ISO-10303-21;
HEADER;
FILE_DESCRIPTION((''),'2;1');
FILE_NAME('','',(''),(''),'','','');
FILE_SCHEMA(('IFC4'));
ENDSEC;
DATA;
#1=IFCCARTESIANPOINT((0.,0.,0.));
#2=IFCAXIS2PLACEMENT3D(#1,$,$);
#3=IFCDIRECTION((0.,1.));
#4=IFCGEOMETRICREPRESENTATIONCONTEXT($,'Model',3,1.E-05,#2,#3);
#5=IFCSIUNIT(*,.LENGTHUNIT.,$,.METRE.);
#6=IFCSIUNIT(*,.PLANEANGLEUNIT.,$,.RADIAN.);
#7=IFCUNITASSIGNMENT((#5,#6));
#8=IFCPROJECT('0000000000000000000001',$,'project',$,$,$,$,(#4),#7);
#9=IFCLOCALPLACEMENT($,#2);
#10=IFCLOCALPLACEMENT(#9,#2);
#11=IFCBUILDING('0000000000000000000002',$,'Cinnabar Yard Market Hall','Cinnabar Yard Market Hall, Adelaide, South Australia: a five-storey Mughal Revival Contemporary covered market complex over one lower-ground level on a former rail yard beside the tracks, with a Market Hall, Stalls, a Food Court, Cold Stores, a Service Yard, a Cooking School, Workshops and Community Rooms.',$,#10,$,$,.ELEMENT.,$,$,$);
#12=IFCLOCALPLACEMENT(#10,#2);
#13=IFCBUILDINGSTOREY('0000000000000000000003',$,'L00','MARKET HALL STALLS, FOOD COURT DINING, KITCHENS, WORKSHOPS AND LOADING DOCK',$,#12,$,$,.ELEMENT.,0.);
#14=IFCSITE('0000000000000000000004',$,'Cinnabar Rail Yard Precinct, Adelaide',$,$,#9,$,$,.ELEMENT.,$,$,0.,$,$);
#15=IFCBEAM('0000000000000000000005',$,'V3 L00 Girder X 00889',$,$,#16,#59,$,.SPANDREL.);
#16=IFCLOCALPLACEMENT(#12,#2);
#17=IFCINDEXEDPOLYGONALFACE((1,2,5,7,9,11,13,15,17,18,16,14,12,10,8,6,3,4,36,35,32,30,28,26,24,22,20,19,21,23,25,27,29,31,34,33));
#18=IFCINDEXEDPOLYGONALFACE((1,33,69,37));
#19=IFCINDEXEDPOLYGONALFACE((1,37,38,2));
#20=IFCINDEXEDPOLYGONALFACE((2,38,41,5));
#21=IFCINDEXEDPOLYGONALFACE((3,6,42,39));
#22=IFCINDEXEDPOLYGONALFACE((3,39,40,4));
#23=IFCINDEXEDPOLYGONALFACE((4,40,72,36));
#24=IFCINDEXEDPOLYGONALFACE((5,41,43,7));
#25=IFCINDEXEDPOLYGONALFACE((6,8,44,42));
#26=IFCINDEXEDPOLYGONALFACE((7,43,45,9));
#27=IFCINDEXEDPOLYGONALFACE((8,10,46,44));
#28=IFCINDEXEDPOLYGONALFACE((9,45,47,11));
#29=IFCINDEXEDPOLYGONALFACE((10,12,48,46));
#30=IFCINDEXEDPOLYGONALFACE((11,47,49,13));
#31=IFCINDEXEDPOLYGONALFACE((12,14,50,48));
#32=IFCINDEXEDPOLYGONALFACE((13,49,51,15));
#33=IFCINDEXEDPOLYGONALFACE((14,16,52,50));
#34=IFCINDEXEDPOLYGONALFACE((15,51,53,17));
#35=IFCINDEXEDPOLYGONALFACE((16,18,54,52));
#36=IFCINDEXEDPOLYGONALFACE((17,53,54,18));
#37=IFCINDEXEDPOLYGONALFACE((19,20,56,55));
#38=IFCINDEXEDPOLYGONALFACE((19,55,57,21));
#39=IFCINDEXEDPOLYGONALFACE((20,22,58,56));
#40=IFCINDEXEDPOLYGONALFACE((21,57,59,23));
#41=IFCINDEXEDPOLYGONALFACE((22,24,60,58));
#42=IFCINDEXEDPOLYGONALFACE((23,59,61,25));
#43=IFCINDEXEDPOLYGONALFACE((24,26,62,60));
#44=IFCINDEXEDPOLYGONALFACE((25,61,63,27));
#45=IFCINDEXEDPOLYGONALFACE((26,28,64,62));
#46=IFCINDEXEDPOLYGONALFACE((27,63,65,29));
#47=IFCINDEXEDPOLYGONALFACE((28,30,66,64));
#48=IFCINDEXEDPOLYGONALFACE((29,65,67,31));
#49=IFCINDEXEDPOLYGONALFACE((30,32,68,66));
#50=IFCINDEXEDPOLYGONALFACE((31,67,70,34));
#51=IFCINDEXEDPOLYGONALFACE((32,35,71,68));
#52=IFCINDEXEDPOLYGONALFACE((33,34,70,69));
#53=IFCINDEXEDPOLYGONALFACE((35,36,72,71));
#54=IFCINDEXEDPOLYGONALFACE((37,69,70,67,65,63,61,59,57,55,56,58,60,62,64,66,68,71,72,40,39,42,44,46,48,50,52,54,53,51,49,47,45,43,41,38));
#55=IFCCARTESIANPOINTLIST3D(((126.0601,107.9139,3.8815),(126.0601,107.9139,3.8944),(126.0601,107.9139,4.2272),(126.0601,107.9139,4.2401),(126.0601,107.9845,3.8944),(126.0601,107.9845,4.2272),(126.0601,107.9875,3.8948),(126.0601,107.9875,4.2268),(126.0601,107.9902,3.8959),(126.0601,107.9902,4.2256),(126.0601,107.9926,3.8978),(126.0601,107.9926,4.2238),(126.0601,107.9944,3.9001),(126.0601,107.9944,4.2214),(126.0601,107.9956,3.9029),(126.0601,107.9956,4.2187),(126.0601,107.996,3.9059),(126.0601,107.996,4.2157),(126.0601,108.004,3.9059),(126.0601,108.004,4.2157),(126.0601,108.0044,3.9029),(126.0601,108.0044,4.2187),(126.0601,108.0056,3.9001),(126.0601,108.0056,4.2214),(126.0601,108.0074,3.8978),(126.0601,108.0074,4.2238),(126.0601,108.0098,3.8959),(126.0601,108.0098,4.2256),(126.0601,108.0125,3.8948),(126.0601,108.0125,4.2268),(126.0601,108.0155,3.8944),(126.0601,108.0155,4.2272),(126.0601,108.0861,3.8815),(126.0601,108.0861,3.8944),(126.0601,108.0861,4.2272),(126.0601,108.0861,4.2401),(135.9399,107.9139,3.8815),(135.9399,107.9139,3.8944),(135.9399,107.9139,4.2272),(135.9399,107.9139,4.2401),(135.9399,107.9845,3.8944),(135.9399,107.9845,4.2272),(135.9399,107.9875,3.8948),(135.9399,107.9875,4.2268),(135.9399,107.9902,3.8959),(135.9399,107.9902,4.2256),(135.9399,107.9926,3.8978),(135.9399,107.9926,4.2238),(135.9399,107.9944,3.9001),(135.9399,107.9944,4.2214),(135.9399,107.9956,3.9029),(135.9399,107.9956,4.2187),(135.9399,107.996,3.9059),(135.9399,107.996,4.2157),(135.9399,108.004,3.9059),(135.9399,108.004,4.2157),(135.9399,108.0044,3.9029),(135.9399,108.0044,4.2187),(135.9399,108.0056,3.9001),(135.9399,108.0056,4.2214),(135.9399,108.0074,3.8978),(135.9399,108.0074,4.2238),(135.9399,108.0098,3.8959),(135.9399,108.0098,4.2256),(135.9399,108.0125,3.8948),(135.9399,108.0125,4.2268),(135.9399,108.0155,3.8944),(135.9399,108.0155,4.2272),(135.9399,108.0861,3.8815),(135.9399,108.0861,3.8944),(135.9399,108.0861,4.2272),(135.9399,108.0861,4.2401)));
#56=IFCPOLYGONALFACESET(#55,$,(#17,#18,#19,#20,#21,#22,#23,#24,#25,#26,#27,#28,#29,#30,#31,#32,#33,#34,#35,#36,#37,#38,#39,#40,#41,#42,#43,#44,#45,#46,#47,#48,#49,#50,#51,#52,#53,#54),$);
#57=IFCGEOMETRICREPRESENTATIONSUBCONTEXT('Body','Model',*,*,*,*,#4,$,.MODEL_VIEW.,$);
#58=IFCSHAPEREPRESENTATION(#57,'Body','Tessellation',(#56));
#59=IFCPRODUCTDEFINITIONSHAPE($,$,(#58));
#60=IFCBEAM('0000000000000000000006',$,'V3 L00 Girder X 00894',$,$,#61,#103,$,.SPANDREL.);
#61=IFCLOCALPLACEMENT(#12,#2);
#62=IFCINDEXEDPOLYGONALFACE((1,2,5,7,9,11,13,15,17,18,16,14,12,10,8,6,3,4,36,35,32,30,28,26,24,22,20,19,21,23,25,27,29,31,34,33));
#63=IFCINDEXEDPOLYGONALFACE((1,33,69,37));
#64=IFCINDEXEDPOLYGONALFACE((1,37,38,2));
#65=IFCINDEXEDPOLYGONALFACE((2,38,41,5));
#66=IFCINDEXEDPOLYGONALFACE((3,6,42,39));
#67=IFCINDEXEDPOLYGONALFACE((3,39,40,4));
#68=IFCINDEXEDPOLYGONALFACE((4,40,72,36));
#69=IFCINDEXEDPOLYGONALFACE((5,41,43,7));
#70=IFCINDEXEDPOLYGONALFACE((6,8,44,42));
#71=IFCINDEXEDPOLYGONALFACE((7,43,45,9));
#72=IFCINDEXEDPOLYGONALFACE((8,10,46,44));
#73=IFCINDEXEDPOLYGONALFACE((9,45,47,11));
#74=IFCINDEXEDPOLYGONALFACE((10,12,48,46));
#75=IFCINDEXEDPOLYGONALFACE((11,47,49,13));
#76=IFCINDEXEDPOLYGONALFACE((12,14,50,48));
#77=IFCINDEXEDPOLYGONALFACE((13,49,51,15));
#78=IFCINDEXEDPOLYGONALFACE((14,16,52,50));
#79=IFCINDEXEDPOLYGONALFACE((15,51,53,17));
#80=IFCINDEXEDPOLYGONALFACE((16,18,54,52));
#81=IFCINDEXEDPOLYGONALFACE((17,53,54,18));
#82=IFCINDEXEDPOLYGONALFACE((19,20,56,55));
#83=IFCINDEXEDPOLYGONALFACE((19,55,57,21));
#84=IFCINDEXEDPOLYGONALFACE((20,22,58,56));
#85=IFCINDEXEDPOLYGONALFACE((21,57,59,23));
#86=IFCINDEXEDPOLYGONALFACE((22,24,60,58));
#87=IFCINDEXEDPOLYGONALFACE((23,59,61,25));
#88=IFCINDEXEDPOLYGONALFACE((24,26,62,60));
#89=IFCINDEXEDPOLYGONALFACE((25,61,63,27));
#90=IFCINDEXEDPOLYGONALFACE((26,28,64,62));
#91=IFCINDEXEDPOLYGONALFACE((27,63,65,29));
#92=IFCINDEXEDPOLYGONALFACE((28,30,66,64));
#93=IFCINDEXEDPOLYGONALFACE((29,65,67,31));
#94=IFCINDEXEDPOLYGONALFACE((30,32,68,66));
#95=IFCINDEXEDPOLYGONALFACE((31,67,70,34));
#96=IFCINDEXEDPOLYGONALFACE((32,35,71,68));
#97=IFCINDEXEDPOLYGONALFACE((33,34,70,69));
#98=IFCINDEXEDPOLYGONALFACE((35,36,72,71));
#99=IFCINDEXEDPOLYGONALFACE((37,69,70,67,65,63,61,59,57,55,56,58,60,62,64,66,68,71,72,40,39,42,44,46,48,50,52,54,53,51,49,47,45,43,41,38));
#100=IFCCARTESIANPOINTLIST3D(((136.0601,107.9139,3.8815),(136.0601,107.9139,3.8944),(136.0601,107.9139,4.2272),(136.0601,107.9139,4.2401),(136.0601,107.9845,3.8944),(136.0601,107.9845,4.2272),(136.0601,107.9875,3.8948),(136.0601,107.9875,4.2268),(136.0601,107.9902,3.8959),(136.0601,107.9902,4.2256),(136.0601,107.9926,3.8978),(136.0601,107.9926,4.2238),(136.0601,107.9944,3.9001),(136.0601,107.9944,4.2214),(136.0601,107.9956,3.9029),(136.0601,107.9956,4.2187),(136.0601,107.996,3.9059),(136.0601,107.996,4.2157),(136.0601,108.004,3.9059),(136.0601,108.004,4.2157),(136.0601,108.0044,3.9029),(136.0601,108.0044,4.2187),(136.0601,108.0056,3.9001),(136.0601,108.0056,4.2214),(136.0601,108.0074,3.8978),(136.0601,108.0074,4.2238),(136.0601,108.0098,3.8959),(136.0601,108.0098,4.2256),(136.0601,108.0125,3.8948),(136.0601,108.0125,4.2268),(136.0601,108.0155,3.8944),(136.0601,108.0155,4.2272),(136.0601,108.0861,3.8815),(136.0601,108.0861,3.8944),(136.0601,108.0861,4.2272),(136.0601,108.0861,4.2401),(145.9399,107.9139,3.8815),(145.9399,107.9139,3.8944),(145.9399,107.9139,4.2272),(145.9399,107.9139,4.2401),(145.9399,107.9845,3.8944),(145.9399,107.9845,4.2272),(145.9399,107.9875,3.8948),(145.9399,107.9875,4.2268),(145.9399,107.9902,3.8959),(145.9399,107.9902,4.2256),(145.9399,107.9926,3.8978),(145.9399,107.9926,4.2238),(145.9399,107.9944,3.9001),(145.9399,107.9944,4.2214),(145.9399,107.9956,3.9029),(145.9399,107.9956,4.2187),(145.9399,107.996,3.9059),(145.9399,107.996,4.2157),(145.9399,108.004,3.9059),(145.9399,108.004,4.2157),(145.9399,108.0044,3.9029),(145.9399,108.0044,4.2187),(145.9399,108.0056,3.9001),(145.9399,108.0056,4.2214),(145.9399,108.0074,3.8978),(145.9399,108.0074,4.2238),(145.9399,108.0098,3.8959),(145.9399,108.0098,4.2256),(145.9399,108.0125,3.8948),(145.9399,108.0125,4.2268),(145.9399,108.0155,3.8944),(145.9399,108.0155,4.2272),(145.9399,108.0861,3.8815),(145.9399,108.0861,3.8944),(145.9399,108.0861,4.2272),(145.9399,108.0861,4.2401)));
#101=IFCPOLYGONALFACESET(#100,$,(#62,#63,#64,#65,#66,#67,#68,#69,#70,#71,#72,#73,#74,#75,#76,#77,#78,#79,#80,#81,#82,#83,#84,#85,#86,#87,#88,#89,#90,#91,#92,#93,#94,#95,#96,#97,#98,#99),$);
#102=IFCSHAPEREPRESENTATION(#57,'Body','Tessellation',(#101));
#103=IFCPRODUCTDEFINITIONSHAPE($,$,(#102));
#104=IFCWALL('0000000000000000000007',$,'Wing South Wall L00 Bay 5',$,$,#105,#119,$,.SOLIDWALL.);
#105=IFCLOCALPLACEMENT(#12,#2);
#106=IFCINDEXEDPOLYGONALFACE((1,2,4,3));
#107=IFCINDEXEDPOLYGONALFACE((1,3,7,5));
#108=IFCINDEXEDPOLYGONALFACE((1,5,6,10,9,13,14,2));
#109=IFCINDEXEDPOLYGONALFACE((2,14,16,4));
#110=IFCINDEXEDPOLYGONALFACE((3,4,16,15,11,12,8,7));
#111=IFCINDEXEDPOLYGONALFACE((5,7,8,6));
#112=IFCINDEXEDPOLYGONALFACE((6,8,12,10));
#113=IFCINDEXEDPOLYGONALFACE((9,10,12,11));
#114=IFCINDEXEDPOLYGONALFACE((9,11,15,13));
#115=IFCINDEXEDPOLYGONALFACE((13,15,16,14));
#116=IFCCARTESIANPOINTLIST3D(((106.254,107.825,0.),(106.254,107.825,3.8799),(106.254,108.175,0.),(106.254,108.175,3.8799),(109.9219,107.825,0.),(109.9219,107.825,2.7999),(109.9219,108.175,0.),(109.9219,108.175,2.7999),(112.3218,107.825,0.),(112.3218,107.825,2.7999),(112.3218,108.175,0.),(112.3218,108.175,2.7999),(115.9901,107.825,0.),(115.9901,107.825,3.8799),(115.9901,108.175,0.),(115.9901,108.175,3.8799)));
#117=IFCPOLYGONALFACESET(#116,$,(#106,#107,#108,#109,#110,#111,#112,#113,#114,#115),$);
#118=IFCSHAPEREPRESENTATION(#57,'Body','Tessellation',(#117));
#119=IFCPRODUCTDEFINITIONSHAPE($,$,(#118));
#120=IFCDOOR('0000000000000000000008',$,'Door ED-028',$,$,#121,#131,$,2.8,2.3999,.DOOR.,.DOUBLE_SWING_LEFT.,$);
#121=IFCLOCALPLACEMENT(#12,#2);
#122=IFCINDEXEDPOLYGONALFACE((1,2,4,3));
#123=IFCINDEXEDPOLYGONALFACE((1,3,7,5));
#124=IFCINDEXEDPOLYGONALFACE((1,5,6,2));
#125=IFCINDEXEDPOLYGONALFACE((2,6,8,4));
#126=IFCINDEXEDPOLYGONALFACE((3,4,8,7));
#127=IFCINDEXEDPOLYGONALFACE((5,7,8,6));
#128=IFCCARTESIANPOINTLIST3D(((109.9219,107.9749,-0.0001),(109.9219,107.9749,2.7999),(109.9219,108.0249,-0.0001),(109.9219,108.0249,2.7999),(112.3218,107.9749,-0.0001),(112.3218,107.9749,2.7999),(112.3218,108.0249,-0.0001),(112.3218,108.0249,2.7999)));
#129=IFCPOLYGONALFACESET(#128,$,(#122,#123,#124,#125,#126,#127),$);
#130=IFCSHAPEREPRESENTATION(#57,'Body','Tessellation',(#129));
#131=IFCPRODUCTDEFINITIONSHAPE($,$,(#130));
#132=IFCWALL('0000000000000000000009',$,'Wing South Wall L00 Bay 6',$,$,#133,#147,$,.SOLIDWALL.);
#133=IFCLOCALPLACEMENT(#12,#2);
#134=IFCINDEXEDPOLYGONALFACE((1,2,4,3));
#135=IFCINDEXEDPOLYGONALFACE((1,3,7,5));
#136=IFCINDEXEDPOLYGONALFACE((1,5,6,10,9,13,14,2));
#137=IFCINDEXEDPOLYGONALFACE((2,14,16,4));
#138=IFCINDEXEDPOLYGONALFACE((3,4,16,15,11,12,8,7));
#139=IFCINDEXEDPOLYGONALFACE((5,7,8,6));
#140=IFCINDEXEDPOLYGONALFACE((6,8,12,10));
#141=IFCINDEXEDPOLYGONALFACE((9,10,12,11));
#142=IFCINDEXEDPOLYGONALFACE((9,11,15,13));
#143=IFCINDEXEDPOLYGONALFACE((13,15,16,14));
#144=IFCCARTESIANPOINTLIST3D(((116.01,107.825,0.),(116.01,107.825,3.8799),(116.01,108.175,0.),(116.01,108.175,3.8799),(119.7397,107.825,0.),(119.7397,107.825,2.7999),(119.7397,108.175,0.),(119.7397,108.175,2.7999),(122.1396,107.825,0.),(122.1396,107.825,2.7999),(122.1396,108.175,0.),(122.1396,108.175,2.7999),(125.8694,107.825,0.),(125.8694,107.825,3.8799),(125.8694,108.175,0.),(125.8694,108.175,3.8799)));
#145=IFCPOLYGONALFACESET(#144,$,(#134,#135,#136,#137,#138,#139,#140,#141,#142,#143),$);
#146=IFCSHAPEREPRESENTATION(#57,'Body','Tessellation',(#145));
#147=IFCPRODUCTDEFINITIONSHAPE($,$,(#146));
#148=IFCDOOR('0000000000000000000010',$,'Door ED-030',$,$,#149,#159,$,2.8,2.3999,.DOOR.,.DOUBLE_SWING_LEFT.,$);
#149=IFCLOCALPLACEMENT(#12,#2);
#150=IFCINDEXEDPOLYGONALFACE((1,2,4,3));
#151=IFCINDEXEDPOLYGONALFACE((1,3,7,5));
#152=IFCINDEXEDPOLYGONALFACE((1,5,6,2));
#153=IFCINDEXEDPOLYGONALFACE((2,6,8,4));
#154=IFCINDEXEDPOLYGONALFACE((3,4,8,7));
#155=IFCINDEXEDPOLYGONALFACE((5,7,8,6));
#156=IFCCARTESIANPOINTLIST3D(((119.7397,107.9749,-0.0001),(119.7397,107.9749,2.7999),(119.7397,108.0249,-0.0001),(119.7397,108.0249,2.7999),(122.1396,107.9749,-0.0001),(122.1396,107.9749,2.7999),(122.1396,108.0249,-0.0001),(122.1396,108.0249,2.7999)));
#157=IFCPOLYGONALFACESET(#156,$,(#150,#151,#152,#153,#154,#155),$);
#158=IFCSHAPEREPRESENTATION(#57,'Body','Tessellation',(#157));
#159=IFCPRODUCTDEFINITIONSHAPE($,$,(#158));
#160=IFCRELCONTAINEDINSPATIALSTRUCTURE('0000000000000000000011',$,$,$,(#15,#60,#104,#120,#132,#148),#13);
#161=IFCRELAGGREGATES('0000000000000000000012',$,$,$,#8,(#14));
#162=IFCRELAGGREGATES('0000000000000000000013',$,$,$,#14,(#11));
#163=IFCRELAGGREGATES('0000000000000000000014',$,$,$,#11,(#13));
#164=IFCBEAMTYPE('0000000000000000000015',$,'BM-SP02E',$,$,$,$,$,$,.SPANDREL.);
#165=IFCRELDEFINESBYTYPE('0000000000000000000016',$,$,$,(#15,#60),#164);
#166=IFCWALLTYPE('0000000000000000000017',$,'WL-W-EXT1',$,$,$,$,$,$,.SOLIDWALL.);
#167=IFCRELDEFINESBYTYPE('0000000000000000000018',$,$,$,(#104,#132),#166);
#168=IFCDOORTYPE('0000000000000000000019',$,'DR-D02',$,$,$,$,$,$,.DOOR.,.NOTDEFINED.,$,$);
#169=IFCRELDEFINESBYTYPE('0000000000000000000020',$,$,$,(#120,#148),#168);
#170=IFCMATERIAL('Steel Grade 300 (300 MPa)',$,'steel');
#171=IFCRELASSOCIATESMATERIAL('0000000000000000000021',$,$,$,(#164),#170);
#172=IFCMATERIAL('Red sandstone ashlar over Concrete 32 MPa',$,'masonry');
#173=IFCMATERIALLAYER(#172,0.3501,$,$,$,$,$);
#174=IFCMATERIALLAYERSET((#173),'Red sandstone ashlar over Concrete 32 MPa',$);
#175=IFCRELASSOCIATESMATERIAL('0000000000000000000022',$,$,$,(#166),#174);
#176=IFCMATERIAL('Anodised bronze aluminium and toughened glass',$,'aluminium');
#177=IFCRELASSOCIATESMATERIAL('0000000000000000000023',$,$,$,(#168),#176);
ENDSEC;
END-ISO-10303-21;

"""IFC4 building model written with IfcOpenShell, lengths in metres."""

from ifc_helpers import new_model, si_unit, direction, frame, frame_2d, origin, origin_2d_with_axis, place, context, subcontext, project, spatial, rectangle, i_section, extrude, material, layer, layer_set, material_profile, profile_set, type_object, element, fill, save


model = new_model("IFC4")

# Units and contexts
model_context = context("Model", 3, precision=1e-05, world=origin(), true_north=direction((0.0, 1.0)))
body_context = subcontext(model_context, "Body", "Model", "MODEL_VIEW")
ifc_project = project(units=[si_unit("LENGTHUNIT", "METRE"), si_unit("PLANEANGLEUNIT", "RADIAN")], contexts=[model_context])

# Site, building, storey
site_placement = place(None, origin())
site = spatial("IfcSite", under=ifc_project, at=site_placement, Name="Cinnabar Rail Yard Precinct, Adelaide", CompositionType="ELEMENT", RefElevation=0.0)
building_placement = place(site_placement, origin())
building = spatial("IfcBuilding", under=site, at=building_placement, Name="Cinnabar Yard Market Hall", Description="Cinnabar Yard Market Hall, Adelaide, South Australia: a five-storey Mughal Revival Contemporary covered market complex over one lower-ground level on a former rail yard beside the tracks, with a Market Hall, Stalls, a Food Court, Cold Stores, a Service Yard, a Cooking School, Workshops and Community Rooms.", CompositionType="ELEMENT")
storey_placement = place(building_placement, origin())
storey = spatial("IfcBuildingStorey", under=building, at=storey_placement, Name="L00", Description="MARKET HALL STALLS, FOOD COURT DINING, KITCHENS, WORKSHOPS AND LOADING DOCK", CompositionType="ELEMENT", Elevation=0.0)

# Shared definitions
ifc_material_1 = material(Name="Steel Grade 300 (300 MPa)", Category="steel")

# Beams
ifc_material_profile_1 = material_profile(ifc_material_1, i_section(OverallWidth=0.1721, OverallDepth=0.3586, WebThickness=0.0081, FlangeThickness=0.0129, FilletRadius=0.0115, at=origin_2d_with_axis()), Name="360UB56.7")
ifc_profile_set_1 = profile_set([ifc_material_profile_1], Name="Steel Grade 300 (300 MPa)")
beam_type_1 = type_object("IfcBeamType", Name="BM-SP02E", PredefinedType="SPANDREL", material=ifc_profile_set_1)
for number, where, z_axis, x_axis, name in (
    (1, (126.0601, 108.0, 4.0608), (1.0, 0.0, 0.0), (0.0, 1.0, 0.0), "V3 L00 Girder X 00889"),
    (2, (136.0601, 108.0, 4.0608), (1.0, 0.0, 0.0), (0.0, 1.0, 0.0), "V3 L00 Girder X 00894"),
):
    element("IfcBeam", number, at=place(storey_placement, frame(where, z_axis=z_axis, x_axis=x_axis)), inside=storey, type_object=beam_type_1, Name=name, PredefinedType="SPANDREL", context=body_context, shape_type="SweptSolid", body=[
        extrude(i_section(OverallWidth=0.1721, OverallDepth=0.3586, WebThickness=0.0081, FlangeThickness=0.0129, FilletRadius=0.0115, at=origin_2d_with_axis()), origin(), (0.0, 0.0, 1.0), 9.8799),
    ])

# Walls, openings, doors
ifc_material_2 = material(Name="Red sandstone ashlar over Concrete 32 MPa", Category="masonry")
ifc_layer = layer(ifc_material_2, 0.3501)
ifc_layer_set = layer_set([ifc_layer], Name="Red sandstone ashlar over Concrete 32 MPa")
wall_type = type_object("IfcWallType", Name="WL-W-EXT1", PredefinedType="SOLIDWALL", material=ifc_layer_set)
wall_1_placement = place(storey_placement, frame((106.2539, 108.0, 0.0), z_axis=(0.0, 0.0, 1.0), x_axis=(1.0, 0.0, 0.0)))
wall_1 = element("IfcWall", 3, at=wall_1_placement, inside=storey, type_object=wall_type, Name="Wing South Wall L00 Bay 5", PredefinedType="SOLIDWALL", context=body_context, shape_type="SweptSolid", body=[
    extrude(rectangle(XDim=9.7361, YDim=0.3501, at=frame_2d((4.8682, 0.0), x_axis=(1.0, 0.0))), origin(), (0.0, 0.0, 1.0), 3.8799),
])
opening_1_placement = place(wall_1_placement, frame((3.668, 0.0, 0.0)))
opening_1 = element("IfcOpeningElement", 4, at=opening_1_placement, cuts=wall_1, PredefinedType="OPENING", context=body_context, shape_type="SweptSolid", body=[
    extrude(rectangle(XDim=2.3999, YDim=2.8, at=frame_2d((1.2, 1.3999), x_axis=(1.0, 0.0))), frame((0.0, 0.1851, 0.0), z_axis=(0.0, -1.0, 0.0), x_axis=(1.0, 0.0, 0.0)), (0.0, 0.0, 1.0), 0.3701),
])
ifc_material_3 = material(Name="Anodised bronze aluminium and toughened glass", Category="aluminium")
door_type = type_object("IfcDoorType", Name="DR-D02", OperationType="NOTDEFINED", PredefinedType="DOOR", material=ifc_material_3)
door_1_placement = place(opening_1_placement, origin())
door_1 = element("IfcDoor", 5, at=door_1_placement, inside=storey, type_object=door_type, Name="Door ED-028", OperationType="DOUBLE_SWING_LEFT", OverallHeight=2.8, OverallWidth=2.3999, PredefinedType="DOOR", context=body_context, shape_type="SweptSolid", body=[
    extrude(rectangle(XDim=2.3999, YDim=2.8, at=frame_2d((1.2, 1.3999), x_axis=(1.0, 0.0))), frame((0.0, 0.0249, 0.0), z_axis=(0.0, -1.0, 0.0), x_axis=(1.0, 0.0, 0.0)), (0.0, 0.0, 1.0), 0.05),
])
fill(opening_1, door_1)
wall_2_placement = place(storey_placement, frame((116.01, 108.0, 0.0), z_axis=(0.0, 0.0, 1.0), x_axis=(1.0, 0.0, 0.0)))
wall_2 = element("IfcWall", 6, at=wall_2_placement, inside=storey, type_object=wall_type, Name="Wing South Wall L00 Bay 6", PredefinedType="SOLIDWALL", context=body_context, shape_type="SweptSolid", body=[
    extrude(rectangle(XDim=9.8594, YDim=0.3501, at=frame_2d((4.9297, 0.0), x_axis=(1.0, 0.0))), origin(), (0.0, 0.0, 1.0), 3.8799),
])
opening_2_placement = place(wall_2_placement, frame((3.7297, 0.0, 0.0)))
opening_2 = element("IfcOpeningElement", 7, at=opening_2_placement, cuts=wall_2, PredefinedType="OPENING", context=body_context, shape_type="SweptSolid", body=[
    extrude(rectangle(XDim=2.3999, YDim=2.8, at=frame_2d((1.2, 1.3999), x_axis=(1.0, 0.0))), frame((0.0, 0.1851, 0.0), z_axis=(0.0, -1.0, 0.0), x_axis=(1.0, 0.0, 0.0)), (0.0, 0.0, 1.0), 0.3701),
])
door_2_placement = place(opening_2_placement, origin())
door_2 = element("IfcDoor", 8, at=door_2_placement, inside=storey, type_object=door_type, Name="Door ED-030", OperationType="DOUBLE_SWING_LEFT", OverallHeight=2.8, OverallWidth=2.3999, PredefinedType="DOOR", context=body_context, shape_type="SweptSolid", body=[
    extrude(rectangle(XDim=2.3999, YDim=2.8, at=frame_2d((1.2, 1.3999), x_axis=(1.0, 0.0))), frame((0.0, 0.0249, 0.0), z_axis=(0.0, -1.0, 0.0), x_axis=(1.0, 0.0, 0.0)), (0.0, 0.0, 1.0), 0.05),
])
fill(opening_2, door_2)

save(model, "model.ifc")
